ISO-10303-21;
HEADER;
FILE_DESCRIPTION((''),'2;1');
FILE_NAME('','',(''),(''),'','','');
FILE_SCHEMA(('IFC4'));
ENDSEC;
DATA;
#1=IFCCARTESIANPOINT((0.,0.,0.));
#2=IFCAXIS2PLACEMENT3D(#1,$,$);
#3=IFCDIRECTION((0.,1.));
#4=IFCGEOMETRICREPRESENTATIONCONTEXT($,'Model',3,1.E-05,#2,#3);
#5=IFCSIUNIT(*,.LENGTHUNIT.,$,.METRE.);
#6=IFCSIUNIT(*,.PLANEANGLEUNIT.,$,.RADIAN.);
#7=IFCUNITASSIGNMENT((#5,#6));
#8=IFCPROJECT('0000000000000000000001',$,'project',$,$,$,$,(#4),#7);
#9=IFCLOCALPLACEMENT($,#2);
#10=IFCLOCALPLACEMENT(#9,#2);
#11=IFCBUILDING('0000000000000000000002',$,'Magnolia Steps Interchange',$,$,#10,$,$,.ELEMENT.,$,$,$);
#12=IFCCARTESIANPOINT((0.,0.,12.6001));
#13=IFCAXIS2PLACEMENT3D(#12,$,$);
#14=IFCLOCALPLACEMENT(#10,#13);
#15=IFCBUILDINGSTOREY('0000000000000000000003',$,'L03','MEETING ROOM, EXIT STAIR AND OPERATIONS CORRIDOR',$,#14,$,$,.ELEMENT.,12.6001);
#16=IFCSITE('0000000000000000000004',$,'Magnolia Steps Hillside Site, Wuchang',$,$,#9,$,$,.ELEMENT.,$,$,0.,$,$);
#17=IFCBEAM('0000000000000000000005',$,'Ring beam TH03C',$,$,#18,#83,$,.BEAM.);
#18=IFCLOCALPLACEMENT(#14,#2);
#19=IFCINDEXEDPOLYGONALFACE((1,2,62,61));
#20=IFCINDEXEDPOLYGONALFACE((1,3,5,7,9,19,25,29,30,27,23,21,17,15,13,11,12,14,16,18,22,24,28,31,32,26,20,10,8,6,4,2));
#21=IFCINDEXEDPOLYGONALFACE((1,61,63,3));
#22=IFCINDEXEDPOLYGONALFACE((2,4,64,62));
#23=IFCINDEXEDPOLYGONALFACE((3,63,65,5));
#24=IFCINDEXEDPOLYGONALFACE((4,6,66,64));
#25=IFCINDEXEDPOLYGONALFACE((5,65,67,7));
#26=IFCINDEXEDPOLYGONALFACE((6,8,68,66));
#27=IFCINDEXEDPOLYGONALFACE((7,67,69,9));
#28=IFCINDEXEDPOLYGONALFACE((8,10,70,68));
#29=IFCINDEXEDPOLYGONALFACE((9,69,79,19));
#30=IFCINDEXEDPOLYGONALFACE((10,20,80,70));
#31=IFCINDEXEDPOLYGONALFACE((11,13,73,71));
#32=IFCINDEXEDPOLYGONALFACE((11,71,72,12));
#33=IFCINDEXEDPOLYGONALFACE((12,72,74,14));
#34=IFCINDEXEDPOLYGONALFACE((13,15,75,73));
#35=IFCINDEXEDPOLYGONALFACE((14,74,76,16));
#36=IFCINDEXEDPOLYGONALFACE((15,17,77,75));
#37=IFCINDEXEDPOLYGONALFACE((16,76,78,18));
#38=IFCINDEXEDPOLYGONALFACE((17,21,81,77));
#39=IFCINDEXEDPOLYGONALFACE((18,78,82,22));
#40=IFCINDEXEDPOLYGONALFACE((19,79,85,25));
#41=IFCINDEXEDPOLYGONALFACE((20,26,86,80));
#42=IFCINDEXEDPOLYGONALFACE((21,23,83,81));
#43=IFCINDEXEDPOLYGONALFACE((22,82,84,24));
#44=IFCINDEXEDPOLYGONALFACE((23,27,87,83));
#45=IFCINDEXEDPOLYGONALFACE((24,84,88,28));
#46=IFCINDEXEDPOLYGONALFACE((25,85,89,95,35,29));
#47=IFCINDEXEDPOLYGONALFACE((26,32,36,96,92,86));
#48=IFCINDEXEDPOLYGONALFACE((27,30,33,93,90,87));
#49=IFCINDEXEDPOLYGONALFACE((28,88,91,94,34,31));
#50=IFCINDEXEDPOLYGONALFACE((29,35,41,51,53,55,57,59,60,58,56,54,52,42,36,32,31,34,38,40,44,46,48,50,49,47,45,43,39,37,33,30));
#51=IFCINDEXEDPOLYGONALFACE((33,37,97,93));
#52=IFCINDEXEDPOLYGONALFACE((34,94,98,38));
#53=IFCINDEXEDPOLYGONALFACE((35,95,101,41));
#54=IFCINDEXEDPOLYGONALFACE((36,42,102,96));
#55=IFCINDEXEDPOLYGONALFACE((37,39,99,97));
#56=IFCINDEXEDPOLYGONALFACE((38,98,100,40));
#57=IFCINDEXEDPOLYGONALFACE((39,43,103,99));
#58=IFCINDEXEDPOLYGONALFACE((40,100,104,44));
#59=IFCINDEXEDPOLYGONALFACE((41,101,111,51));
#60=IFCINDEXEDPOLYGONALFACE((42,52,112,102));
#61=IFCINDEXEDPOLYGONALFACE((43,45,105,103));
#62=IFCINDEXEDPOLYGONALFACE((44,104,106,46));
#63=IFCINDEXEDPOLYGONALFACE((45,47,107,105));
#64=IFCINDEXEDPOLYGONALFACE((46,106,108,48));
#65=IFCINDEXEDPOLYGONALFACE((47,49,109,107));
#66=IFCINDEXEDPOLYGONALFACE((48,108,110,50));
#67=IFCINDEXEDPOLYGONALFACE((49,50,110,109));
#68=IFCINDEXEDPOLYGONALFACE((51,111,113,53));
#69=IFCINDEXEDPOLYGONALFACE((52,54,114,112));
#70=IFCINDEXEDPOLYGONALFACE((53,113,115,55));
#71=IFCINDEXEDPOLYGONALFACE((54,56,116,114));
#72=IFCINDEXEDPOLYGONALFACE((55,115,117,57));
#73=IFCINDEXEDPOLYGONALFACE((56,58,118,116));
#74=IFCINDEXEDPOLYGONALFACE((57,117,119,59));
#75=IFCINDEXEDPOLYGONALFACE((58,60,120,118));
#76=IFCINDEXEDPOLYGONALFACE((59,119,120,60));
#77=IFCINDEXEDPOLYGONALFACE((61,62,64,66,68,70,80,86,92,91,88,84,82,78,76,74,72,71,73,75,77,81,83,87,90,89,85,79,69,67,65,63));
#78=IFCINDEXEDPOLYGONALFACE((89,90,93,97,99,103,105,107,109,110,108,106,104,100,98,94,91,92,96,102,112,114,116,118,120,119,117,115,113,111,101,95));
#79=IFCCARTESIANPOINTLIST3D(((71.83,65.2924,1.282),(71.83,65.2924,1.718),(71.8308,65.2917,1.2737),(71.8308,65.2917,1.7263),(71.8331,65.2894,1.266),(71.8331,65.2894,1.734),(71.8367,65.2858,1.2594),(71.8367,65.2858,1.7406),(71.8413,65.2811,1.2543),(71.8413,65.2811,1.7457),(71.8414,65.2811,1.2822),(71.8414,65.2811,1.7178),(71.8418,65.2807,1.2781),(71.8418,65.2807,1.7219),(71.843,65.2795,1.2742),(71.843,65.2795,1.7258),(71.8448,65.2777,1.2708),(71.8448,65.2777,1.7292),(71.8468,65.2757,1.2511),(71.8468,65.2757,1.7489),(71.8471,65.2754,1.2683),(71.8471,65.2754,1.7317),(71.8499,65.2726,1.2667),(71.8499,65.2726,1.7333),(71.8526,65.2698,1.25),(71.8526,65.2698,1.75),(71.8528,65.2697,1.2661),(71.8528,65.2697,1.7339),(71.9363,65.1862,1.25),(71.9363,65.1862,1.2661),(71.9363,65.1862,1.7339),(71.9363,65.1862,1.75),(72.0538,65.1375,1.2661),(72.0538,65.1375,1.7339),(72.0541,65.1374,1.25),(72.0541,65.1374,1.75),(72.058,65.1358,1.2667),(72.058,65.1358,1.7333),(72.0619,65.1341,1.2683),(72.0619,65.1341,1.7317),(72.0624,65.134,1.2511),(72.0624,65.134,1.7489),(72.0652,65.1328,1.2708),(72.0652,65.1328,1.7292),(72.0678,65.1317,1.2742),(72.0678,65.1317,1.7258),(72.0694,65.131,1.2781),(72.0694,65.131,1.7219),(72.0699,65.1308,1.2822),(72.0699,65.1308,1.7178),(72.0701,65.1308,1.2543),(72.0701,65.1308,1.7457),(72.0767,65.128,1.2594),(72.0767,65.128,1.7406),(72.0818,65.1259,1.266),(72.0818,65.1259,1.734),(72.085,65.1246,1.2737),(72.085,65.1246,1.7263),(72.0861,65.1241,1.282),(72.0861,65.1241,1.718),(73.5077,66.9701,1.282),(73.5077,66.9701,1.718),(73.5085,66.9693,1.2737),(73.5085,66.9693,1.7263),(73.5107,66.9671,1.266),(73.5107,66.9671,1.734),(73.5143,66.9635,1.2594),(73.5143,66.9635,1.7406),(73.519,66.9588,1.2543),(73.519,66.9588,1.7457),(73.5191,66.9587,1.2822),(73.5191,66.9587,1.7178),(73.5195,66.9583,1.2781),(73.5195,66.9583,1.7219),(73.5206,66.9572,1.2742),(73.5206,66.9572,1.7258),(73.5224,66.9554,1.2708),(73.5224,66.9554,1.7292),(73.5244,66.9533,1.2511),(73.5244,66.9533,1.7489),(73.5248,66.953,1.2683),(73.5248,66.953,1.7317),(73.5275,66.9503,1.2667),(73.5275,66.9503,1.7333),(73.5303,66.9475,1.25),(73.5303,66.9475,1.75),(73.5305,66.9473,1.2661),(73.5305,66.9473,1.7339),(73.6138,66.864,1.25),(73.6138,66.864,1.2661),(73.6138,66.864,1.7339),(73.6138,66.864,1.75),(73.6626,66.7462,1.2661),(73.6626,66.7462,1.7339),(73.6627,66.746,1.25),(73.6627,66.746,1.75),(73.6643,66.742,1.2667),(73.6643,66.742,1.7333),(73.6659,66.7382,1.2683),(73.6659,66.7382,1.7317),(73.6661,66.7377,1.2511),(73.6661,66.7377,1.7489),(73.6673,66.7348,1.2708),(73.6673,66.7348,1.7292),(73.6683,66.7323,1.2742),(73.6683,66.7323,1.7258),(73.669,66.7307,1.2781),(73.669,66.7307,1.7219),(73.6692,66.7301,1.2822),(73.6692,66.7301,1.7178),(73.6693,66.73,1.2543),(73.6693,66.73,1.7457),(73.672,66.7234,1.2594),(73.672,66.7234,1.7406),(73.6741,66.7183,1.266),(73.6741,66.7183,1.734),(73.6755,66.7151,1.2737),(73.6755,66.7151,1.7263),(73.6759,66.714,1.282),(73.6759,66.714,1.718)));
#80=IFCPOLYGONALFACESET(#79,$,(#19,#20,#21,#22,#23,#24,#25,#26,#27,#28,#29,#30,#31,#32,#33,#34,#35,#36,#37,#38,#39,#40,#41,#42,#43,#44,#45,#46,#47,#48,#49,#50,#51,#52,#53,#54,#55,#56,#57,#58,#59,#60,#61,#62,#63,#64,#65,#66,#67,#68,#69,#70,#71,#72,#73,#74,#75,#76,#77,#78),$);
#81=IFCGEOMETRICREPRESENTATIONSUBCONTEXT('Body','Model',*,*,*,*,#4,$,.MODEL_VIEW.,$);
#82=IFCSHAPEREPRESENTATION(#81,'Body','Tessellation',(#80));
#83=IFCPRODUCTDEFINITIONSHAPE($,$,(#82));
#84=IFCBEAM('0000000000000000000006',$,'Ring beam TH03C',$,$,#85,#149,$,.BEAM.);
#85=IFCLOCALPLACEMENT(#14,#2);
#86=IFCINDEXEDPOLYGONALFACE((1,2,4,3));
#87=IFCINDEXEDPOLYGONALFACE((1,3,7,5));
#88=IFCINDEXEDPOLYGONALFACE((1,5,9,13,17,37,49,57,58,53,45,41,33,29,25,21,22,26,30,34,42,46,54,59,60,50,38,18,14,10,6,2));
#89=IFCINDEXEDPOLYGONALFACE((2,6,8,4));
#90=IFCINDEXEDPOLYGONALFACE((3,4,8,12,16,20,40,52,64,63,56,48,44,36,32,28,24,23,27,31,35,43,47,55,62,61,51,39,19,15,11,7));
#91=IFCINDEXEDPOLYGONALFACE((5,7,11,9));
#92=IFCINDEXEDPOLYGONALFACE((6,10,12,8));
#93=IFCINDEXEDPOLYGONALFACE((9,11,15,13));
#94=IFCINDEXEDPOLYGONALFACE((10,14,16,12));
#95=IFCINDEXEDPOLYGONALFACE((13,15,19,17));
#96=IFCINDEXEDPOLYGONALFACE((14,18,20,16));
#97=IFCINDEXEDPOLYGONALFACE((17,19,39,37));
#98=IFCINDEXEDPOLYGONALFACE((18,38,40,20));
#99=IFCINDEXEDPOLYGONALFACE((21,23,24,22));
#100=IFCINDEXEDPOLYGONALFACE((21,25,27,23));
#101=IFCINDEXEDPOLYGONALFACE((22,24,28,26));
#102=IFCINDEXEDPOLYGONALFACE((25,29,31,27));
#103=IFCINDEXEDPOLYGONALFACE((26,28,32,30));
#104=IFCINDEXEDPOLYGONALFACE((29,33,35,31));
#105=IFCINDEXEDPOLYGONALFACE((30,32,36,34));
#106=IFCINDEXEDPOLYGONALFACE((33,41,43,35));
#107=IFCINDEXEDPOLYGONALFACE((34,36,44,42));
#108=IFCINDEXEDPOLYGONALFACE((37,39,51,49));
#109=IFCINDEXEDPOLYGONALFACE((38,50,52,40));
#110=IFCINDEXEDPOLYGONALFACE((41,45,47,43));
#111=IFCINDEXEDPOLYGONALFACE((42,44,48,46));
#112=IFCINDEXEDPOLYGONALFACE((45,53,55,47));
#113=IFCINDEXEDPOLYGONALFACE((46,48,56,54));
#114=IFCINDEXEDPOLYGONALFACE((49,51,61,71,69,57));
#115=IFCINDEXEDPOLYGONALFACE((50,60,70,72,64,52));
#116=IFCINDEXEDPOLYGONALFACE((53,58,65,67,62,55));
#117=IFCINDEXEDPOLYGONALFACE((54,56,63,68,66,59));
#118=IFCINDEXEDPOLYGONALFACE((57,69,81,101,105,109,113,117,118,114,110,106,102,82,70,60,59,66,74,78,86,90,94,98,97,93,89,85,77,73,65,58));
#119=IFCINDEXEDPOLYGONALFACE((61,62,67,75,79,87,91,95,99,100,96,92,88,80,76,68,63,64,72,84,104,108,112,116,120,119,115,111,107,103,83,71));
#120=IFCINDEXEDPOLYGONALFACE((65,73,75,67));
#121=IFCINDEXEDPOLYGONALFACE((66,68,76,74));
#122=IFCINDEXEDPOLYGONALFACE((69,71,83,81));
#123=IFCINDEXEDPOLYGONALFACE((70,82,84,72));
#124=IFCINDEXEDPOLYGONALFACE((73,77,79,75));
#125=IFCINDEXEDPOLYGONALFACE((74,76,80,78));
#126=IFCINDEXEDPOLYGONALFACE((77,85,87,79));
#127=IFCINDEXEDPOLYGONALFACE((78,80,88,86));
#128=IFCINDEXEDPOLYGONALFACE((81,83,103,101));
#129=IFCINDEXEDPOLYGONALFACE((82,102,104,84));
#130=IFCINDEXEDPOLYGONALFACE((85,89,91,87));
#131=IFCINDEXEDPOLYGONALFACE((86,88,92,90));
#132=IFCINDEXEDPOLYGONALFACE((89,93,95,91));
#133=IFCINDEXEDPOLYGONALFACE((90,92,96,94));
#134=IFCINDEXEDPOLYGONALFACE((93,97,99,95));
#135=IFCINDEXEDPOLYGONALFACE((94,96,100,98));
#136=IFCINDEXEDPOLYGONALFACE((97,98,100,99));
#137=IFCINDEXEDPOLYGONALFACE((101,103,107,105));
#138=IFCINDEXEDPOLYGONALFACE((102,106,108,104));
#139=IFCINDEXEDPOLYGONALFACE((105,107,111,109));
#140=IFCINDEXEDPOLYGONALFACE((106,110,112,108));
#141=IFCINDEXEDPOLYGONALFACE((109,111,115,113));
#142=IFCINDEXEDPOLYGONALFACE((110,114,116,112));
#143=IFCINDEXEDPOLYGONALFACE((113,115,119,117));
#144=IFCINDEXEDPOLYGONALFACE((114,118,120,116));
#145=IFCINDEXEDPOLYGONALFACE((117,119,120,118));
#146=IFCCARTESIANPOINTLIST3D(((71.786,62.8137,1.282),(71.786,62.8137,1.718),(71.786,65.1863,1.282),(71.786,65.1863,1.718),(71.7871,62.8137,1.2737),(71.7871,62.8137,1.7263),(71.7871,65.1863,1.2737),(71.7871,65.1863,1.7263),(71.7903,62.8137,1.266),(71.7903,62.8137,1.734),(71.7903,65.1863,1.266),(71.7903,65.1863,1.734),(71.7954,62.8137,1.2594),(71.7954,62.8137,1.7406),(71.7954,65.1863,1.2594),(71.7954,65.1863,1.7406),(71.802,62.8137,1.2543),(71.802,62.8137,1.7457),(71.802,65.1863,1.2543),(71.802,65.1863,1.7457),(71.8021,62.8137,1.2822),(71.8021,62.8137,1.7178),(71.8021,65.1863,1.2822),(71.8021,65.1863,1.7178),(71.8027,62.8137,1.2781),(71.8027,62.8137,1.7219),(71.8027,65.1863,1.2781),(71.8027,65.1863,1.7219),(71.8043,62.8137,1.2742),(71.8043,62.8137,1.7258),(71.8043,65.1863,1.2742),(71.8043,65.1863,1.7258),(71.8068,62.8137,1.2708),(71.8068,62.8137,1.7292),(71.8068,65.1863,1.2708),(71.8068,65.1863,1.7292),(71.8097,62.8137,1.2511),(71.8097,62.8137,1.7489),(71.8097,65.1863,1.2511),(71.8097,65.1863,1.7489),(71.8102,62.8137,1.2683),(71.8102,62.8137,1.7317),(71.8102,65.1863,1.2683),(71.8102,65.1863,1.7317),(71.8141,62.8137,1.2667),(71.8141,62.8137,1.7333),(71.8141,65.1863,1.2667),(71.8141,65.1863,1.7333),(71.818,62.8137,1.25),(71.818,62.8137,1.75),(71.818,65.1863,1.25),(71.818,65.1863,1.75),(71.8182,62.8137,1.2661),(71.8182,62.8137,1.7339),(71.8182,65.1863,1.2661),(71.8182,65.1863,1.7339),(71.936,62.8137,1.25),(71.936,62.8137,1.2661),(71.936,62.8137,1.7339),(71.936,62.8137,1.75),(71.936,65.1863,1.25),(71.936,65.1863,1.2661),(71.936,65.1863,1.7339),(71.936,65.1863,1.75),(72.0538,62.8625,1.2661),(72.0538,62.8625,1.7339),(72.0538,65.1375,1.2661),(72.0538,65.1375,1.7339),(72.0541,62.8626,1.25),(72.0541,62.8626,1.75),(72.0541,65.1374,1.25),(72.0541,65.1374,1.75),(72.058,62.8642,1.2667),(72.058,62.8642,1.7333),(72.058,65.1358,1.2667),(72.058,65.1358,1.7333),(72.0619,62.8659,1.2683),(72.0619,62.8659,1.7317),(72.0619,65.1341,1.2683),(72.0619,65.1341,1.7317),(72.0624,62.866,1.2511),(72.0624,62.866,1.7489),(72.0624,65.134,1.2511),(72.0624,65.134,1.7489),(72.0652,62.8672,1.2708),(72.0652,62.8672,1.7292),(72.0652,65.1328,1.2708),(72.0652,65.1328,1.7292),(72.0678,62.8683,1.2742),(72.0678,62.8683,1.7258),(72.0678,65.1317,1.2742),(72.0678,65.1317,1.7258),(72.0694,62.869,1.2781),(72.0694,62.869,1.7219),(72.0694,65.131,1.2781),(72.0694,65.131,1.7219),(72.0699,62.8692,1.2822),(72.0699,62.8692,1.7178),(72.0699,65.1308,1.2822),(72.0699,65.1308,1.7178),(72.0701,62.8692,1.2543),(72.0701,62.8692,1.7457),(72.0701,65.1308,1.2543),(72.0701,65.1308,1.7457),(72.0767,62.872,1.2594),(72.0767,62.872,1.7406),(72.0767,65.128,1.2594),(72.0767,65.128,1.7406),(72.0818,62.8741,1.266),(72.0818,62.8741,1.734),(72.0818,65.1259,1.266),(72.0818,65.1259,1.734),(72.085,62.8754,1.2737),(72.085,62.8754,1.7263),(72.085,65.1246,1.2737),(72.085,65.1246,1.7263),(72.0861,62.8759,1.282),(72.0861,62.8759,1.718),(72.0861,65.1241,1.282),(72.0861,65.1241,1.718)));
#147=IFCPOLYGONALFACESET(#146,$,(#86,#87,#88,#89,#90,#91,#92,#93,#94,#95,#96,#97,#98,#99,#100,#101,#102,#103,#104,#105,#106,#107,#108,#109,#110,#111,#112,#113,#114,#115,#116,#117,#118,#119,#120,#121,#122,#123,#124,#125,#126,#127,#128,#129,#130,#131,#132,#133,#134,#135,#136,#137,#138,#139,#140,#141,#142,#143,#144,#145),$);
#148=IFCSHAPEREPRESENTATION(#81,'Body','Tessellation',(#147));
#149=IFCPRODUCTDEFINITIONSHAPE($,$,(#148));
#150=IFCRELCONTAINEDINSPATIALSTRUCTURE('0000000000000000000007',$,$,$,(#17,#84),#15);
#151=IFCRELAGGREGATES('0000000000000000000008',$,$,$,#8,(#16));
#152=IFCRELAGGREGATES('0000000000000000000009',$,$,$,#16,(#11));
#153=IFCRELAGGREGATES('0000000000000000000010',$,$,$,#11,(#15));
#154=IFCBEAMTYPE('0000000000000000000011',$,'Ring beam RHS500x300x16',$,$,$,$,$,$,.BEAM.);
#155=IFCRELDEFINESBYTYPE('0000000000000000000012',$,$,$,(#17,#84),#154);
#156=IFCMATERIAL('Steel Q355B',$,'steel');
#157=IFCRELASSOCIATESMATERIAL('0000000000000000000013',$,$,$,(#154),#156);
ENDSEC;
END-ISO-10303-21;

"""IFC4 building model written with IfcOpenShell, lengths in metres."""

from ifc_helpers import new_model, si_unit, direction, frame, origin, origin_2d, place, context, subcontext, project, spatial, hollow_rectangle, extrude, clip, halfspace, material, material_profile, profile_set, type_object, element, save


model = new_model("IFC4")

# Units and contexts
model_context = context("Model", 3, precision=1e-05, world=origin(), true_north=direction((0.0, 1.0)))
body_context = subcontext(model_context, "Body", "Model", "MODEL_VIEW")
ifc_project = project(units=[si_unit("LENGTHUNIT", "METRE"), si_unit("PLANEANGLEUNIT", "RADIAN")], contexts=[model_context])

# Site, building, storey
site_placement = place(None, origin())
site = spatial("IfcSite", under=ifc_project, at=site_placement, Name="Magnolia Steps Hillside Site, Wuchang", CompositionType="ELEMENT", RefElevation=0.0)
building_placement = place(site_placement, origin())
building = spatial("IfcBuilding", under=site, at=building_placement, Name="Magnolia Steps Interchange", CompositionType="ELEMENT")
storey_placement = place(building_placement, frame((0.0, 0.0, 12.6001)))
storey = spatial("IfcBuildingStorey", under=building, at=storey_placement, Name="L03", Description="MEETING ROOM, EXIT STAIR AND OPERATIONS CORRIDOR", CompositionType="ELEMENT", Elevation=12.6001)

# Beams
ifc_material_1 = material(Name="Steel Q355B", Category="steel")
ifc_material_profile_1 = material_profile(ifc_material_1, hollow_rectangle(XDim=0.3, YDim=0.5, WallThickness=0.0161, InnerFilletRadius=0.0161, OuterFilletRadius=0.032, at=origin_2d()), Name="RHS500x300x16")
ifc_profile_set_1 = profile_set([ifc_material_profile_1], Name="Steel Q355B")
beam_type_1 = type_object("IfcBeamType", Name="Ring beam RHS500x300x16", PredefinedType="BEAM", material=ifc_profile_set_1)
beam_1_placement = place(storey_placement, frame((73.6138, 66.864, 1.5), z_axis=(-0.707107, -0.707107, 0.0), x_axis=(0.707107, -0.707107, 0.0)))
element("IfcBeam", 1, at=beam_1_placement, inside=storey, type_object=beam_type_1, Name="Ring beam TH03C", PredefinedType="BEAM", context=body_context, shape_type="Clipping", body=[
    clip(clip(extrude(hollow_rectangle(XDim=0.3, YDim=0.5, WallThickness=0.0161, InnerFilletRadius=0.0161, OuterFilletRadius=0.032, at=origin_2d()), origin(), (0.0, 0.0, 1.0), 2.3726), halfspace(frame((0.0, 0.0, 0.0), z_axis=(0.382683, 0.0, -0.92388), x_axis=(0.92388, 0.0, 0.382683)), False)), halfspace(frame((0.0, 0.0, 2.3727), z_axis=(0.382683, 0.0, 0.92388), x_axis=(0.92388, 0.0, -0.382683)), False)),
])
beam_2_placement = place(storey_placement, frame((71.936, 65.1863, 1.5), z_axis=(0.0, -1.0, 0.0), x_axis=(1.0, 0.0, 0.0)))
element("IfcBeam", 2, at=beam_2_placement, inside=storey, type_object=beam_type_1, Name="Ring beam TH03C", PredefinedType="BEAM", context=body_context, shape_type="Clipping", body=[
    clip(clip(extrude(hollow_rectangle(XDim=0.3, YDim=0.5, WallThickness=0.0161, InnerFilletRadius=0.0161, OuterFilletRadius=0.032, at=origin_2d()), origin(), (0.0, 0.0, 1.0), 2.3726), halfspace(frame((0.0, 0.0, 0.0), z_axis=(0.382683, 0.0, -0.92388), x_axis=(0.92388, 0.0, 0.382683)), False)), halfspace(frame((0.0, 0.0, 2.3726), z_axis=(0.382683, 0.0, 0.92388), x_axis=(0.92388, 0.0, -0.382683)), False)),
])

save(model, "model.ifc")
